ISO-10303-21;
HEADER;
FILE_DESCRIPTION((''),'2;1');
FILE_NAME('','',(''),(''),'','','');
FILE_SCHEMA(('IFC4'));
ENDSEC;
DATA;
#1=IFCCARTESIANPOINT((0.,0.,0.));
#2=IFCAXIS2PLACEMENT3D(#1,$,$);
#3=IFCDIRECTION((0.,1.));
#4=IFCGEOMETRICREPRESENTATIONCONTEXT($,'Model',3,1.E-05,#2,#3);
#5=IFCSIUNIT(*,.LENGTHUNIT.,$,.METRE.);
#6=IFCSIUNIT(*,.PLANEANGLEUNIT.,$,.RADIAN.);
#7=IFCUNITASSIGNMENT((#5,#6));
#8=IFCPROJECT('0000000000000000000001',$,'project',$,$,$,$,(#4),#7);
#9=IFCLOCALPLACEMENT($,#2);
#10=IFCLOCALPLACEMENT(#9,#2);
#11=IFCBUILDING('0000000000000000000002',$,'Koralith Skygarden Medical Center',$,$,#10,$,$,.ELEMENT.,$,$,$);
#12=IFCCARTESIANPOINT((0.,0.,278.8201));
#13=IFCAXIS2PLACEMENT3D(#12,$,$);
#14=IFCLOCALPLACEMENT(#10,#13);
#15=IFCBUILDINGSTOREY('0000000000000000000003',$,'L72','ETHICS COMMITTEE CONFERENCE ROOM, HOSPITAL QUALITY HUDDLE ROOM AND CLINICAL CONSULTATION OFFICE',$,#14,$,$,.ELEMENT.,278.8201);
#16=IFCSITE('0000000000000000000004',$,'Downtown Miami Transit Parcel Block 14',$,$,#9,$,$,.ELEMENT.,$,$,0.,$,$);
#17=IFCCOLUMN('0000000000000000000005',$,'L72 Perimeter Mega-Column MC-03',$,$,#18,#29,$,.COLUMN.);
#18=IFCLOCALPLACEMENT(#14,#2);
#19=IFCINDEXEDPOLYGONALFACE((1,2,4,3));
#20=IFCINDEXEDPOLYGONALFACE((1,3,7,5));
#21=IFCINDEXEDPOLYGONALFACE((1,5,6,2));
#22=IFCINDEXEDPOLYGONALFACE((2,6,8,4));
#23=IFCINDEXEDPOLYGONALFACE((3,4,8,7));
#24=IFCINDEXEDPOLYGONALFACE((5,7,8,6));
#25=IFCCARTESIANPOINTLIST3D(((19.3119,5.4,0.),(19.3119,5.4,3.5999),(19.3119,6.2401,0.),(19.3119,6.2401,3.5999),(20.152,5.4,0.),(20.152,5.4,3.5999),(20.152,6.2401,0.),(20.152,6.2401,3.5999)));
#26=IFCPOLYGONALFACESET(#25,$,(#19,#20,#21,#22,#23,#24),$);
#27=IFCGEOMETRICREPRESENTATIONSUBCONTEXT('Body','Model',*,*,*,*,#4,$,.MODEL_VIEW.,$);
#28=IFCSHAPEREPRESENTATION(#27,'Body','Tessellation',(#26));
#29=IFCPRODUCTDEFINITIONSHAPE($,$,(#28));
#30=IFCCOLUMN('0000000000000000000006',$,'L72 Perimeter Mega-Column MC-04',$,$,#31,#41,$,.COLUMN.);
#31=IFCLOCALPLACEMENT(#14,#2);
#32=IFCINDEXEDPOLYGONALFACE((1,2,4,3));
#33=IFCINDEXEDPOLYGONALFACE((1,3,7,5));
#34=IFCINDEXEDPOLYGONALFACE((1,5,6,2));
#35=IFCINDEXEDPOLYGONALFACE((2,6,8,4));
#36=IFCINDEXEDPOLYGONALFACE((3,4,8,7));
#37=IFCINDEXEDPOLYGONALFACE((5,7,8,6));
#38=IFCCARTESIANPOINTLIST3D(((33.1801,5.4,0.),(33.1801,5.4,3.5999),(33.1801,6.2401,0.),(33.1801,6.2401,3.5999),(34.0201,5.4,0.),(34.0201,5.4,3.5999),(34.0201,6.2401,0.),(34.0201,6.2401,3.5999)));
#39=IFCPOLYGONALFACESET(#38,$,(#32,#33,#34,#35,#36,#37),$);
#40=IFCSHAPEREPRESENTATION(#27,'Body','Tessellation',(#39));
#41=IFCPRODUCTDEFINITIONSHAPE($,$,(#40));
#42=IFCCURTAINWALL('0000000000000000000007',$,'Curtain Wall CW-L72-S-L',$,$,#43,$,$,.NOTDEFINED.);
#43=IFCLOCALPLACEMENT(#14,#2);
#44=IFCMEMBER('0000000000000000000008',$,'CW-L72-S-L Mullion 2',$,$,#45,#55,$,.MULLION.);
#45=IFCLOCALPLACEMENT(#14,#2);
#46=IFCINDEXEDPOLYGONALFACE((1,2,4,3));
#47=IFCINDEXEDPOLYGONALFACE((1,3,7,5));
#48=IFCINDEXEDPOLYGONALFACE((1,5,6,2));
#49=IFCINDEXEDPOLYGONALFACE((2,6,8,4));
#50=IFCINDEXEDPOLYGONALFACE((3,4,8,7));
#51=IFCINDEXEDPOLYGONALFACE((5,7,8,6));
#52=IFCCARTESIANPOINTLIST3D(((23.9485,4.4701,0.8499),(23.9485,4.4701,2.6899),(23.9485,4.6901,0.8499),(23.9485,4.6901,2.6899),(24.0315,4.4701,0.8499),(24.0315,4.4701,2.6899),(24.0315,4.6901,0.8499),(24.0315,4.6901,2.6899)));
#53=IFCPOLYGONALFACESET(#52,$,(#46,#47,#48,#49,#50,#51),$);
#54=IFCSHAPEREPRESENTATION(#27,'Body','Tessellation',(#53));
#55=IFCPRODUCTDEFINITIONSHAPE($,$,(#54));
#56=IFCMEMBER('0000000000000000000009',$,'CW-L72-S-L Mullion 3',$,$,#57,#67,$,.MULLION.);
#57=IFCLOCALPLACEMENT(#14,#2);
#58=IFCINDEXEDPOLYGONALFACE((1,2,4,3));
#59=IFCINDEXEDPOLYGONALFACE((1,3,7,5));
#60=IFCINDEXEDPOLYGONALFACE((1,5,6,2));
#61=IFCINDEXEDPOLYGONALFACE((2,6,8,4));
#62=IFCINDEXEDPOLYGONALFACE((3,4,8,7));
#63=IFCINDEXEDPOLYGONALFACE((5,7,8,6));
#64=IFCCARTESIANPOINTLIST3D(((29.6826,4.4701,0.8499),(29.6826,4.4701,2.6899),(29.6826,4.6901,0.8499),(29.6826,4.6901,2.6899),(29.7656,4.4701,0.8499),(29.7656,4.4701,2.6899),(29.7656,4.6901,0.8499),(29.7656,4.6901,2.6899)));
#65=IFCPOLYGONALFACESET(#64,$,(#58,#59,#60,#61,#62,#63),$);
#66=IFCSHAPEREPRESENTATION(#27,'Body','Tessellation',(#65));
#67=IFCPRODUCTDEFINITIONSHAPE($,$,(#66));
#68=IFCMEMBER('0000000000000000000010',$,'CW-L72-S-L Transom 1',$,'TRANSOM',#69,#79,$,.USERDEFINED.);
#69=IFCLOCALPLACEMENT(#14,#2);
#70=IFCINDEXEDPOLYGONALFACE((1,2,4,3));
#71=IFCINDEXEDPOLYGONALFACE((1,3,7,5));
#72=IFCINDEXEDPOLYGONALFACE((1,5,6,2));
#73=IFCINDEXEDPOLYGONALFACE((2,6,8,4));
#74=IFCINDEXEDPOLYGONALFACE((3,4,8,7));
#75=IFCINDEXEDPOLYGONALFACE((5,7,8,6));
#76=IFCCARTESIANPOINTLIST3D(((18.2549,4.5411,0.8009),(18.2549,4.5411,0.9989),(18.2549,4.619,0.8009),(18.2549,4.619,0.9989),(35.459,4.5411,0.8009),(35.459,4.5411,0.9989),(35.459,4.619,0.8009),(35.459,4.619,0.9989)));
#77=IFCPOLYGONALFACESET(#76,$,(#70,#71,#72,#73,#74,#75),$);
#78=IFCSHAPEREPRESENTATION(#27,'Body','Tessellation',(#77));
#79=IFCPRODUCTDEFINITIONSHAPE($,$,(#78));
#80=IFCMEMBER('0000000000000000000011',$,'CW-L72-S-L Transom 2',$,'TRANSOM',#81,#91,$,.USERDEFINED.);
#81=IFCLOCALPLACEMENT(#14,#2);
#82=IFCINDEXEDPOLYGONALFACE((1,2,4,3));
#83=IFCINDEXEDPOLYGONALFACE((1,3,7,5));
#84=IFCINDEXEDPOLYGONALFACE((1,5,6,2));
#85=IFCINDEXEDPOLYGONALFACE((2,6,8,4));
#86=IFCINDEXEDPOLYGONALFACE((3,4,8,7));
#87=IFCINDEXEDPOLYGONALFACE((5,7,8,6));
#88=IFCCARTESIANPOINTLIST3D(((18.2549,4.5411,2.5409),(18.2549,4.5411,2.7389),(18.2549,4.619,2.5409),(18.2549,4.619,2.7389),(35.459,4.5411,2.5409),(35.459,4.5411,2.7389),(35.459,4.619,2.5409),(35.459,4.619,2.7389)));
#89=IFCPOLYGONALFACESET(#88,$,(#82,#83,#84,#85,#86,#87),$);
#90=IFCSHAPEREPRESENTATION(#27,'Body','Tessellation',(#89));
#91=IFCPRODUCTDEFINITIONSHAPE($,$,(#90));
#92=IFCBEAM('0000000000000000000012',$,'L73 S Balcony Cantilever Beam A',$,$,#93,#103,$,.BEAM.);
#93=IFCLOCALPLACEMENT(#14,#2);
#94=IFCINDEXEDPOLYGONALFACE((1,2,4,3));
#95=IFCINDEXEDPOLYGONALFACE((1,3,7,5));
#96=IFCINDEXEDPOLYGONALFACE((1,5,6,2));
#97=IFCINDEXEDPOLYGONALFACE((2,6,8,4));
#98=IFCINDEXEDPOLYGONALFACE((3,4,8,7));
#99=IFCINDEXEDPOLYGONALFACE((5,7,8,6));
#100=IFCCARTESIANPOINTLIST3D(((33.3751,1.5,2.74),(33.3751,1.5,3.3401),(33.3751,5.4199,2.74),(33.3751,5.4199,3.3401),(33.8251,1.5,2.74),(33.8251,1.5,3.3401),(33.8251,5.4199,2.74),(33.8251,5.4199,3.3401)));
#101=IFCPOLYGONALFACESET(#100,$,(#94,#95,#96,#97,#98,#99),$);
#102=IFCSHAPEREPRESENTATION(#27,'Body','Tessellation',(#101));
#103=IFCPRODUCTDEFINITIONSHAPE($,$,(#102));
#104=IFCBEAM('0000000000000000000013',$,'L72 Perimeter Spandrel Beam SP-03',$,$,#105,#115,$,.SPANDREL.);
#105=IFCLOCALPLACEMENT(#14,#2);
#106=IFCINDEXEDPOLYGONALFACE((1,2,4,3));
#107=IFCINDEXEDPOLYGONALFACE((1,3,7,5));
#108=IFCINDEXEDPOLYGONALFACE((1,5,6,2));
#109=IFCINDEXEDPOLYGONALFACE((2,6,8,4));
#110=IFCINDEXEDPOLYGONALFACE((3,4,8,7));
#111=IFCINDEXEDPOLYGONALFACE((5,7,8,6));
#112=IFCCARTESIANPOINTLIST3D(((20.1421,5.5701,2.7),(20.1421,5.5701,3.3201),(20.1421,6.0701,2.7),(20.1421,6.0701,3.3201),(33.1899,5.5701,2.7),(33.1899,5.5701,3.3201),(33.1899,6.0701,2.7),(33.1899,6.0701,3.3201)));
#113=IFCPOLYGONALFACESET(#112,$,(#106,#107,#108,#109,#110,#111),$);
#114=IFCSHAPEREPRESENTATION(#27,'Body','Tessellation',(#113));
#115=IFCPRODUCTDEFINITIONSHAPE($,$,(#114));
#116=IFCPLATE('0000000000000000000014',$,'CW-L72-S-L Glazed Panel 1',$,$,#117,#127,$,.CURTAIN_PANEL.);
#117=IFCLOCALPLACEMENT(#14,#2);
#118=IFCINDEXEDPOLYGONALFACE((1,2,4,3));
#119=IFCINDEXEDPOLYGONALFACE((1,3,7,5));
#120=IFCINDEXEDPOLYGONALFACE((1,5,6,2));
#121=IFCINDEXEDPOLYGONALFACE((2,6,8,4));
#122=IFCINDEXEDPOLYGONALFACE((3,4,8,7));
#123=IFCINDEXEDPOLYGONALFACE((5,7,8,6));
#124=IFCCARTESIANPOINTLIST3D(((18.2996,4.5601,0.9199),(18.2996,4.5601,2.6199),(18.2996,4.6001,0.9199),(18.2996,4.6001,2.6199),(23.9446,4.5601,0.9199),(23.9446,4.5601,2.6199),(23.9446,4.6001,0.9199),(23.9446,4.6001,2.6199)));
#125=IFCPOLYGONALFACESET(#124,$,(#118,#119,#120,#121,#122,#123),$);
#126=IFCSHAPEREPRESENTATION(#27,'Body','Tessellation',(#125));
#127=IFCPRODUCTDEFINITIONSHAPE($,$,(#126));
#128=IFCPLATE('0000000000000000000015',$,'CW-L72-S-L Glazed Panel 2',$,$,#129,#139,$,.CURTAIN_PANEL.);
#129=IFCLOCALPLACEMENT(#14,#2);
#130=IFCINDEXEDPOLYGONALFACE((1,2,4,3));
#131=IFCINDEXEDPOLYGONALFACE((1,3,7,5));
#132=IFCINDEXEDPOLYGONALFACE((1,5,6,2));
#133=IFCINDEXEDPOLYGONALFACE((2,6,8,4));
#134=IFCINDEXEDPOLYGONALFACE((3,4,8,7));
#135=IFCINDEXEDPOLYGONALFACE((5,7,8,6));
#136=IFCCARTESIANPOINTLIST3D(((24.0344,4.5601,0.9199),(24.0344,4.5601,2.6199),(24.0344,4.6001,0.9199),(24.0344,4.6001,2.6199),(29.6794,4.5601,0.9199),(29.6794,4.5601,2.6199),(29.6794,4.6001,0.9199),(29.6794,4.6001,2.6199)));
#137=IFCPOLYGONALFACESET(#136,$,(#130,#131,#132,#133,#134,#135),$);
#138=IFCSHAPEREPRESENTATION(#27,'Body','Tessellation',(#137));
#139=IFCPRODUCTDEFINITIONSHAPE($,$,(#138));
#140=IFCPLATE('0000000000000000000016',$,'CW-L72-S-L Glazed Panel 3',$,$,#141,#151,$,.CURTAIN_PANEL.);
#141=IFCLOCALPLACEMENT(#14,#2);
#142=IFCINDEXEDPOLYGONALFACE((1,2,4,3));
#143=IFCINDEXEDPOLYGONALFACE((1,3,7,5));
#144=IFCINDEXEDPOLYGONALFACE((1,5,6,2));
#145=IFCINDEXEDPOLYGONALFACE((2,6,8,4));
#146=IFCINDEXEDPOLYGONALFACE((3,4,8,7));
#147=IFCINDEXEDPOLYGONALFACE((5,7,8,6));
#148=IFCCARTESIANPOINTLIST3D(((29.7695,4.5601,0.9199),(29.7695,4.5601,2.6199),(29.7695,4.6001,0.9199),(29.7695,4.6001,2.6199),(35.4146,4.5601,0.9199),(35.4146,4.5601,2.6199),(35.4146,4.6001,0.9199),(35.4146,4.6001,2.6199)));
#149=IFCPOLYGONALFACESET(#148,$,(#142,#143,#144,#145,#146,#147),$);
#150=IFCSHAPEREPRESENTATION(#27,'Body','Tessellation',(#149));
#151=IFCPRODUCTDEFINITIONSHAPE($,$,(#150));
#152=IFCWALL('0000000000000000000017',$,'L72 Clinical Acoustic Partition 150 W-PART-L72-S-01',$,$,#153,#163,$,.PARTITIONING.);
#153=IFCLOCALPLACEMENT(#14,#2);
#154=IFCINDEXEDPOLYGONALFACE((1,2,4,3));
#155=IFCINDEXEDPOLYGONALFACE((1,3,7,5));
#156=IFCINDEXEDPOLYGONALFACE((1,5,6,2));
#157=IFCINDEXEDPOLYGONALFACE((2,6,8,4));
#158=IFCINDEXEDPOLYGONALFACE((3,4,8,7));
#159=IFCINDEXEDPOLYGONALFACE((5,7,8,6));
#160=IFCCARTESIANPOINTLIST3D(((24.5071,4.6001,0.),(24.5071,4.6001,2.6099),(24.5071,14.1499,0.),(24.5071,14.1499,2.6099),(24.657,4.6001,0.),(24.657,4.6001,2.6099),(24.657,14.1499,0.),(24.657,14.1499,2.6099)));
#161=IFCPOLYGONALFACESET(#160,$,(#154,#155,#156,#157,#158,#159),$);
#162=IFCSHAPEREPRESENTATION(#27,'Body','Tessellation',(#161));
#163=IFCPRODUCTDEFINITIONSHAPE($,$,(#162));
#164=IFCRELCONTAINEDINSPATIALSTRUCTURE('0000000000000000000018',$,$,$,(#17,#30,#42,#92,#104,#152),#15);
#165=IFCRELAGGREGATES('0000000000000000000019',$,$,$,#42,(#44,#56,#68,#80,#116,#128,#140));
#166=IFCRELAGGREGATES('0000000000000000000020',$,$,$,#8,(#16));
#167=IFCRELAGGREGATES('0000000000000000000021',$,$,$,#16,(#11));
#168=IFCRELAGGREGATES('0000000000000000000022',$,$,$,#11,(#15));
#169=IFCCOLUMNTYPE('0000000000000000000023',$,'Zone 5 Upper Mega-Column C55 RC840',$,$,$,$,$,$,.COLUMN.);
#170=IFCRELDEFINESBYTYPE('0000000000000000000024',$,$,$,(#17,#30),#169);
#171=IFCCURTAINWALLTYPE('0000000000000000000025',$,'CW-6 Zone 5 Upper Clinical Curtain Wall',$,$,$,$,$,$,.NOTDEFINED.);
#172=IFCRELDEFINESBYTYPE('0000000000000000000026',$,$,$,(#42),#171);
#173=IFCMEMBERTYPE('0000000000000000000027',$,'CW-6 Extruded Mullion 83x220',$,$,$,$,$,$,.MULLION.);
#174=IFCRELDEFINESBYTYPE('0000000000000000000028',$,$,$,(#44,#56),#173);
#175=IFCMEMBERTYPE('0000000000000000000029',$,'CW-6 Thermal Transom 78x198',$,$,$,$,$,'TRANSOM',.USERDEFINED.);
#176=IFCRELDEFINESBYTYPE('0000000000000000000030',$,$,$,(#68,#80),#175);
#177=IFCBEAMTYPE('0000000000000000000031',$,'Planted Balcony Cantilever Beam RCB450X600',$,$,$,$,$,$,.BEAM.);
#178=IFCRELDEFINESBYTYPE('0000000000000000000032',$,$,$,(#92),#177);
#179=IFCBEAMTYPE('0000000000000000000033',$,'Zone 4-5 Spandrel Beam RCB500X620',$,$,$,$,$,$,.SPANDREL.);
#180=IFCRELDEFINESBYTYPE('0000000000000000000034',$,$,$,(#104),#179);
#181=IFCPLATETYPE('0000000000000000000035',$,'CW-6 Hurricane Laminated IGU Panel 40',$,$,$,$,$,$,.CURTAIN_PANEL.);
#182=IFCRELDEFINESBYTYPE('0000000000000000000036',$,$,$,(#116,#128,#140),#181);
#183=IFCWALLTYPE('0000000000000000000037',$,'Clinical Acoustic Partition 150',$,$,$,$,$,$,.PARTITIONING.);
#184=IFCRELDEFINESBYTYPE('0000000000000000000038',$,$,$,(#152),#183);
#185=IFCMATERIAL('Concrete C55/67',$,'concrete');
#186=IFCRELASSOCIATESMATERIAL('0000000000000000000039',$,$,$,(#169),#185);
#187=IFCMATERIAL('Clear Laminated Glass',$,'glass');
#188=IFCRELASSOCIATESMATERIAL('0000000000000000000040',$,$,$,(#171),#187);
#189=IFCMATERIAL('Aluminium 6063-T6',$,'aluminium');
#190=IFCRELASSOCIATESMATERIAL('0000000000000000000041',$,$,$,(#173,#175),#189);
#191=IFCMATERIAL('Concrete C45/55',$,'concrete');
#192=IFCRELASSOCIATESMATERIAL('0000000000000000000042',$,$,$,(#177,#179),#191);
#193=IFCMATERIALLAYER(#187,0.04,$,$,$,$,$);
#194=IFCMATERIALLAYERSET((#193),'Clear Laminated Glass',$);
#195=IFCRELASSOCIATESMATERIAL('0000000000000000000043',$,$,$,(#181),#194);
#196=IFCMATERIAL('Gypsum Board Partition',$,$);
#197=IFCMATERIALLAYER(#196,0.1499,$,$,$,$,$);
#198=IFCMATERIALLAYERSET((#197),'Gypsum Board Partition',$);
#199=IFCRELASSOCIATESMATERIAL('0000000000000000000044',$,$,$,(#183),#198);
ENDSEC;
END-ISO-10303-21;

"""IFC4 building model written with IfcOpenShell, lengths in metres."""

from ifc_helpers import new_model, si_unit, direction, frame, frame_2d, origin, origin_2d, place, context, subcontext, project, spatial, rectangle, extrude, material, layer, layer_set, material_profile, profile_set, type_object, element, aggregate, save


model = new_model("IFC4")

# Units and contexts
model_context = context("Model", 3, precision=1e-05, world=origin(), true_north=direction((0.0, 1.0)))
body_context = subcontext(model_context, "Body", "Model", "MODEL_VIEW")
ifc_project = project(units=[si_unit("LENGTHUNIT", "METRE"), si_unit("PLANEANGLEUNIT", "RADIAN")], contexts=[model_context])

# Site, building, storey
site_placement = place(None, origin())
site = spatial("IfcSite", under=ifc_project, at=site_placement, Name="Downtown Miami Transit Parcel Block 14", CompositionType="ELEMENT", RefElevation=0.0)
building_placement = place(site_placement, origin())
building = spatial("IfcBuilding", under=site, at=building_placement, Name="Koralith Skygarden Medical Center", CompositionType="ELEMENT")
storey_placement = place(building_placement, frame((0.0, 0.0, 278.8201)))
storey = spatial("IfcBuildingStorey", under=building, at=storey_placement, Name="L72", Description="ETHICS COMMITTEE CONFERENCE ROOM, HOSPITAL QUALITY HUDDLE ROOM AND CLINICAL CONSULTATION OFFICE", CompositionType="ELEMENT", Elevation=278.8201)

# Columns
ifc_material_1 = material(Name="Concrete C55/67", Category="concrete")
ifc_material_profile_1 = material_profile(ifc_material_1, rectangle(XDim=0.8401, YDim=0.8401, at=origin_2d()), Name="RC840X840")
ifc_profile_set_1 = profile_set([ifc_material_profile_1], Name="Concrete C55/67")
column_type = type_object("IfcColumnType", Name="Zone 5 Upper Mega-Column C55 RC840", PredefinedType="COLUMN", material=ifc_profile_set_1)
for number, where, z_axis, x_axis, name in (
    (1, (19.7319, 5.8201, 0.0), (0.0, 0.0, 1.0), (1.0, 0.0, 0.0), "L72 Perimeter Mega-Column MC-03"),
    (2, (33.6001, 5.8201, 0.0), (0.0, 0.0, 1.0), (1.0, 0.0, 0.0), "L72 Perimeter Mega-Column MC-04"),
):
    element("IfcColumn", number, at=place(storey_placement, frame(where, z_axis=z_axis, x_axis=x_axis)), inside=storey, type_object=column_type, Name=name, PredefinedType="COLUMN", context=body_context, shape_type="SweptSolid", body=[
        extrude(rectangle(XDim=0.8401, YDim=0.8401, at=origin_2d()), origin(), (0.0, 0.0, 1.0), 3.5999),
    ])

# Curtain wall, members
ifc_material_2 = material(Name="Clear Laminated Glass", Category="glass")
curtain_wall_type = type_object("IfcCurtainWallType", Name="CW-6 Zone 5 Upper Clinical Curtain Wall", PredefinedType="NOTDEFINED", material=ifc_material_2)
curtain_wall_placement = place(storey_placement, origin())
curtain_wall = element("IfcCurtainWall", 3, at=curtain_wall_placement, inside=storey, type_object=curtain_wall_type, Name="Curtain Wall CW-L72-S-L", PredefinedType="NOTDEFINED")
ifc_material_3 = material(Name="Aluminium 6063-T6", Category="aluminium")
ifc_material_profile_2 = material_profile(ifc_material_3, rectangle(XDim=0.083, YDim=0.22, at=origin_2d()), Name="MUL83X220")
ifc_profile_set_2 = profile_set([ifc_material_profile_2], Name="Aluminium 6063-T6")
member_type_1 = type_object("IfcMemberType", Name="CW-6 Extruded Mullion 83x220", PredefinedType="MULLION", material=ifc_profile_set_2)
member_1_placement = place(storey_placement, frame((23.99, 4.5801, 0.8499), z_axis=(0.0, 0.0, 1.0), x_axis=(1.0, 0.0, 0.0)))
member_1 = element("IfcMember", 4, at=member_1_placement, type_object=member_type_1, Name="CW-L72-S-L Mullion 2", PredefinedType="MULLION", context=body_context, shape_type="SweptSolid", body=[
    extrude(rectangle(XDim=0.083, YDim=0.22, at=origin_2d()), origin(), (0.0, 0.0, 1.0), 1.8401),
])
member_2_placement = place(storey_placement, frame((29.7241, 4.5801, 0.8499), z_axis=(0.0, 0.0, 1.0), x_axis=(1.0, 0.0, 0.0)))
member_2 = element("IfcMember", 5, at=member_2_placement, type_object=member_type_1, Name="CW-L72-S-L Mullion 3", PredefinedType="MULLION", context=body_context, shape_type="SweptSolid", body=[
    extrude(rectangle(XDim=0.083, YDim=0.22, at=origin_2d()), origin(), (0.0, 0.0, 1.0), 1.8401),
])
ifc_material_profile_3 = material_profile(ifc_material_3, rectangle(XDim=0.0779, YDim=0.198, at=origin_2d()), Name="TRN78X198")
ifc_profile_set_3 = profile_set([ifc_material_profile_3], Name="Aluminium 6063-T6")
member_type_2 = type_object("IfcMemberType", Name="CW-6 Thermal Transom 78x198", ElementType="TRANSOM", PredefinedType="USERDEFINED", material=ifc_profile_set_3)
member_3_placement = place(storey_placement, frame((18.2549, 4.5801, 0.8999), z_axis=(1.0, 0.0, 0.0), x_axis=(0.0, 1.0, 0.0)))
member_3 = element("IfcMember", 6, at=member_3_placement, type_object=member_type_2, Name="CW-L72-S-L Transom 1", ObjectType="TRANSOM", PredefinedType="USERDEFINED", context=body_context, shape_type="SweptSolid", body=[
    extrude(rectangle(XDim=0.0779, YDim=0.198, at=origin_2d()), origin(), (0.0, 0.0, 1.0), 17.2041),
])
member_4_placement = place(storey_placement, frame((18.2549, 4.5801, 2.6399), z_axis=(1.0, 0.0, 0.0), x_axis=(0.0, 1.0, 0.0)))
member_4 = element("IfcMember", 7, at=member_4_placement, type_object=member_type_2, Name="CW-L72-S-L Transom 2", ObjectType="TRANSOM", PredefinedType="USERDEFINED", context=body_context, shape_type="SweptSolid", body=[
    extrude(rectangle(XDim=0.0779, YDim=0.198, at=origin_2d()), origin(), (0.0, 0.0, 1.0), 17.2041),
])

# Beams
ifc_material_4 = material(Name="Concrete C45/55", Category="concrete")
ifc_material_profile_4 = material_profile(ifc_material_4, rectangle(XDim=0.45, YDim=0.6001, at=origin_2d()), Name="RCB450X600")
ifc_profile_set_4 = profile_set([ifc_material_profile_4], Name="Concrete C45/55")
beam_type_1 = type_object("IfcBeamType", Name="Planted Balcony Cantilever Beam RCB450X600", PredefinedType="BEAM", material=ifc_profile_set_4)
beam_1_placement = place(storey_placement, frame((33.6001, 5.4199, 3.04), z_axis=(0.0, -1.0, 0.0), x_axis=(1.0, 0.0, 0.0)))
element("IfcBeam", 8, at=beam_1_placement, inside=storey, type_object=beam_type_1, Name="L73 S Balcony Cantilever Beam A", PredefinedType="BEAM", context=body_context, shape_type="SweptSolid", body=[
    extrude(rectangle(XDim=0.45, YDim=0.6001, at=origin_2d()), origin(), (0.0, 0.0, 1.0), 3.9199),
])
ifc_material_profile_5 = material_profile(ifc_material_4, rectangle(XDim=0.5, YDim=0.6201, at=origin_2d()), Name="RCB500X620")
ifc_profile_set_5 = profile_set([ifc_material_profile_5], Name="Concrete C45/55")
beam_type_2 = type_object("IfcBeamType", Name="Zone 4-5 Spandrel Beam RCB500X620", PredefinedType="SPANDREL", material=ifc_profile_set_5)
beam_2_placement = place(storey_placement, frame((20.1421, 5.8201, 3.01), z_axis=(1.0, 0.0, 0.0), x_axis=(0.0, 1.0, 0.0)))
element("IfcBeam", 9, at=beam_2_placement, inside=storey, type_object=beam_type_2, Name="L72 Perimeter Spandrel Beam SP-03", PredefinedType="SPANDREL", context=body_context, shape_type="SweptSolid", body=[
    extrude(rectangle(XDim=0.5, YDim=0.6201, at=origin_2d()), origin(), (0.0, 0.0, 1.0), 13.0479),
])

# Plates
ifc_layer_1 = layer(ifc_material_2, 0.04)
ifc_layer_set_1 = layer_set([ifc_layer_1], Name="Clear Laminated Glass")
plate_type = type_object("IfcPlateType", Name="CW-6 Hurricane Laminated IGU Panel 40", PredefinedType="CURTAIN_PANEL", material=ifc_layer_set_1)
plate_1_placement = place(storey_placement, frame((21.1221, 4.5801, 0.9199), z_axis=(0.0, 0.0, 1.0), x_axis=(1.0, 0.0, 0.0)))
plate_1 = element("IfcPlate", 10, at=plate_1_placement, type_object=plate_type, Name="CW-L72-S-L Glazed Panel 1", PredefinedType="CURTAIN_PANEL", context=body_context, shape_type="SweptSolid", body=[
    extrude(rectangle(XDim=5.645, YDim=0.04, at=origin_2d()), origin(), (0.0, 0.0, 1.0), 1.7),
])
plate_2_placement = place(storey_placement, frame((26.8569, 4.5801, 0.9199), z_axis=(0.0, 0.0, 1.0), x_axis=(1.0, 0.0, 0.0)))
plate_2 = element("IfcPlate", 11, at=plate_2_placement, type_object=plate_type, Name="CW-L72-S-L Glazed Panel 2", PredefinedType="CURTAIN_PANEL", context=body_context, shape_type="SweptSolid", body=[
    extrude(rectangle(XDim=5.645, YDim=0.04, at=origin_2d()), origin(), (0.0, 0.0, 1.0), 1.7),
])
plate_3_placement = place(storey_placement, frame((32.592, 4.5801, 0.9199), z_axis=(0.0, 0.0, 1.0), x_axis=(1.0, 0.0, 0.0)))
plate_3 = element("IfcPlate", 12, at=plate_3_placement, type_object=plate_type, Name="CW-L72-S-L Glazed Panel 3", PredefinedType="CURTAIN_PANEL", context=body_context, shape_type="SweptSolid", body=[
    extrude(rectangle(XDim=5.645, YDim=0.04, at=origin_2d()), origin(), (0.0, 0.0, 1.0), 1.7),
])
aggregate(curtain_wall, [member_1, member_2, member_3, member_4, plate_1, plate_2, plate_3])

# Wall
ifc_material_5 = material(Name="Gypsum Board Partition")
ifc_layer_2 = layer(ifc_material_5, 0.1499)
ifc_layer_set_2 = layer_set([ifc_layer_2], Name="Gypsum Board Partition")
wall_type_1 = type_object("IfcWallType", Name="Clinical Acoustic Partition 150", PredefinedType="PARTITIONING", material=ifc_layer_set_2)
wall_1_placement = place(storey_placement, frame((24.582, 14.1499, 0.0), z_axis=(0.0, 0.0, 1.0), x_axis=(0.0, -1.0, 0.0)))
element("IfcWall", 13, at=wall_1_placement, inside=storey, type_object=wall_type_1, Name="L72 Clinical Acoustic Partition 150 W-PART-L72-S-01", PredefinedType="PARTITIONING", context=body_context, shape_type="SweptSolid", body=[
    extrude(rectangle(XDim=9.5498, YDim=0.1499, at=frame_2d((4.7749, 0.0))), origin(), (0.0, 0.0, 1.0), 2.6099),
])

save(model, "model.ifc")
